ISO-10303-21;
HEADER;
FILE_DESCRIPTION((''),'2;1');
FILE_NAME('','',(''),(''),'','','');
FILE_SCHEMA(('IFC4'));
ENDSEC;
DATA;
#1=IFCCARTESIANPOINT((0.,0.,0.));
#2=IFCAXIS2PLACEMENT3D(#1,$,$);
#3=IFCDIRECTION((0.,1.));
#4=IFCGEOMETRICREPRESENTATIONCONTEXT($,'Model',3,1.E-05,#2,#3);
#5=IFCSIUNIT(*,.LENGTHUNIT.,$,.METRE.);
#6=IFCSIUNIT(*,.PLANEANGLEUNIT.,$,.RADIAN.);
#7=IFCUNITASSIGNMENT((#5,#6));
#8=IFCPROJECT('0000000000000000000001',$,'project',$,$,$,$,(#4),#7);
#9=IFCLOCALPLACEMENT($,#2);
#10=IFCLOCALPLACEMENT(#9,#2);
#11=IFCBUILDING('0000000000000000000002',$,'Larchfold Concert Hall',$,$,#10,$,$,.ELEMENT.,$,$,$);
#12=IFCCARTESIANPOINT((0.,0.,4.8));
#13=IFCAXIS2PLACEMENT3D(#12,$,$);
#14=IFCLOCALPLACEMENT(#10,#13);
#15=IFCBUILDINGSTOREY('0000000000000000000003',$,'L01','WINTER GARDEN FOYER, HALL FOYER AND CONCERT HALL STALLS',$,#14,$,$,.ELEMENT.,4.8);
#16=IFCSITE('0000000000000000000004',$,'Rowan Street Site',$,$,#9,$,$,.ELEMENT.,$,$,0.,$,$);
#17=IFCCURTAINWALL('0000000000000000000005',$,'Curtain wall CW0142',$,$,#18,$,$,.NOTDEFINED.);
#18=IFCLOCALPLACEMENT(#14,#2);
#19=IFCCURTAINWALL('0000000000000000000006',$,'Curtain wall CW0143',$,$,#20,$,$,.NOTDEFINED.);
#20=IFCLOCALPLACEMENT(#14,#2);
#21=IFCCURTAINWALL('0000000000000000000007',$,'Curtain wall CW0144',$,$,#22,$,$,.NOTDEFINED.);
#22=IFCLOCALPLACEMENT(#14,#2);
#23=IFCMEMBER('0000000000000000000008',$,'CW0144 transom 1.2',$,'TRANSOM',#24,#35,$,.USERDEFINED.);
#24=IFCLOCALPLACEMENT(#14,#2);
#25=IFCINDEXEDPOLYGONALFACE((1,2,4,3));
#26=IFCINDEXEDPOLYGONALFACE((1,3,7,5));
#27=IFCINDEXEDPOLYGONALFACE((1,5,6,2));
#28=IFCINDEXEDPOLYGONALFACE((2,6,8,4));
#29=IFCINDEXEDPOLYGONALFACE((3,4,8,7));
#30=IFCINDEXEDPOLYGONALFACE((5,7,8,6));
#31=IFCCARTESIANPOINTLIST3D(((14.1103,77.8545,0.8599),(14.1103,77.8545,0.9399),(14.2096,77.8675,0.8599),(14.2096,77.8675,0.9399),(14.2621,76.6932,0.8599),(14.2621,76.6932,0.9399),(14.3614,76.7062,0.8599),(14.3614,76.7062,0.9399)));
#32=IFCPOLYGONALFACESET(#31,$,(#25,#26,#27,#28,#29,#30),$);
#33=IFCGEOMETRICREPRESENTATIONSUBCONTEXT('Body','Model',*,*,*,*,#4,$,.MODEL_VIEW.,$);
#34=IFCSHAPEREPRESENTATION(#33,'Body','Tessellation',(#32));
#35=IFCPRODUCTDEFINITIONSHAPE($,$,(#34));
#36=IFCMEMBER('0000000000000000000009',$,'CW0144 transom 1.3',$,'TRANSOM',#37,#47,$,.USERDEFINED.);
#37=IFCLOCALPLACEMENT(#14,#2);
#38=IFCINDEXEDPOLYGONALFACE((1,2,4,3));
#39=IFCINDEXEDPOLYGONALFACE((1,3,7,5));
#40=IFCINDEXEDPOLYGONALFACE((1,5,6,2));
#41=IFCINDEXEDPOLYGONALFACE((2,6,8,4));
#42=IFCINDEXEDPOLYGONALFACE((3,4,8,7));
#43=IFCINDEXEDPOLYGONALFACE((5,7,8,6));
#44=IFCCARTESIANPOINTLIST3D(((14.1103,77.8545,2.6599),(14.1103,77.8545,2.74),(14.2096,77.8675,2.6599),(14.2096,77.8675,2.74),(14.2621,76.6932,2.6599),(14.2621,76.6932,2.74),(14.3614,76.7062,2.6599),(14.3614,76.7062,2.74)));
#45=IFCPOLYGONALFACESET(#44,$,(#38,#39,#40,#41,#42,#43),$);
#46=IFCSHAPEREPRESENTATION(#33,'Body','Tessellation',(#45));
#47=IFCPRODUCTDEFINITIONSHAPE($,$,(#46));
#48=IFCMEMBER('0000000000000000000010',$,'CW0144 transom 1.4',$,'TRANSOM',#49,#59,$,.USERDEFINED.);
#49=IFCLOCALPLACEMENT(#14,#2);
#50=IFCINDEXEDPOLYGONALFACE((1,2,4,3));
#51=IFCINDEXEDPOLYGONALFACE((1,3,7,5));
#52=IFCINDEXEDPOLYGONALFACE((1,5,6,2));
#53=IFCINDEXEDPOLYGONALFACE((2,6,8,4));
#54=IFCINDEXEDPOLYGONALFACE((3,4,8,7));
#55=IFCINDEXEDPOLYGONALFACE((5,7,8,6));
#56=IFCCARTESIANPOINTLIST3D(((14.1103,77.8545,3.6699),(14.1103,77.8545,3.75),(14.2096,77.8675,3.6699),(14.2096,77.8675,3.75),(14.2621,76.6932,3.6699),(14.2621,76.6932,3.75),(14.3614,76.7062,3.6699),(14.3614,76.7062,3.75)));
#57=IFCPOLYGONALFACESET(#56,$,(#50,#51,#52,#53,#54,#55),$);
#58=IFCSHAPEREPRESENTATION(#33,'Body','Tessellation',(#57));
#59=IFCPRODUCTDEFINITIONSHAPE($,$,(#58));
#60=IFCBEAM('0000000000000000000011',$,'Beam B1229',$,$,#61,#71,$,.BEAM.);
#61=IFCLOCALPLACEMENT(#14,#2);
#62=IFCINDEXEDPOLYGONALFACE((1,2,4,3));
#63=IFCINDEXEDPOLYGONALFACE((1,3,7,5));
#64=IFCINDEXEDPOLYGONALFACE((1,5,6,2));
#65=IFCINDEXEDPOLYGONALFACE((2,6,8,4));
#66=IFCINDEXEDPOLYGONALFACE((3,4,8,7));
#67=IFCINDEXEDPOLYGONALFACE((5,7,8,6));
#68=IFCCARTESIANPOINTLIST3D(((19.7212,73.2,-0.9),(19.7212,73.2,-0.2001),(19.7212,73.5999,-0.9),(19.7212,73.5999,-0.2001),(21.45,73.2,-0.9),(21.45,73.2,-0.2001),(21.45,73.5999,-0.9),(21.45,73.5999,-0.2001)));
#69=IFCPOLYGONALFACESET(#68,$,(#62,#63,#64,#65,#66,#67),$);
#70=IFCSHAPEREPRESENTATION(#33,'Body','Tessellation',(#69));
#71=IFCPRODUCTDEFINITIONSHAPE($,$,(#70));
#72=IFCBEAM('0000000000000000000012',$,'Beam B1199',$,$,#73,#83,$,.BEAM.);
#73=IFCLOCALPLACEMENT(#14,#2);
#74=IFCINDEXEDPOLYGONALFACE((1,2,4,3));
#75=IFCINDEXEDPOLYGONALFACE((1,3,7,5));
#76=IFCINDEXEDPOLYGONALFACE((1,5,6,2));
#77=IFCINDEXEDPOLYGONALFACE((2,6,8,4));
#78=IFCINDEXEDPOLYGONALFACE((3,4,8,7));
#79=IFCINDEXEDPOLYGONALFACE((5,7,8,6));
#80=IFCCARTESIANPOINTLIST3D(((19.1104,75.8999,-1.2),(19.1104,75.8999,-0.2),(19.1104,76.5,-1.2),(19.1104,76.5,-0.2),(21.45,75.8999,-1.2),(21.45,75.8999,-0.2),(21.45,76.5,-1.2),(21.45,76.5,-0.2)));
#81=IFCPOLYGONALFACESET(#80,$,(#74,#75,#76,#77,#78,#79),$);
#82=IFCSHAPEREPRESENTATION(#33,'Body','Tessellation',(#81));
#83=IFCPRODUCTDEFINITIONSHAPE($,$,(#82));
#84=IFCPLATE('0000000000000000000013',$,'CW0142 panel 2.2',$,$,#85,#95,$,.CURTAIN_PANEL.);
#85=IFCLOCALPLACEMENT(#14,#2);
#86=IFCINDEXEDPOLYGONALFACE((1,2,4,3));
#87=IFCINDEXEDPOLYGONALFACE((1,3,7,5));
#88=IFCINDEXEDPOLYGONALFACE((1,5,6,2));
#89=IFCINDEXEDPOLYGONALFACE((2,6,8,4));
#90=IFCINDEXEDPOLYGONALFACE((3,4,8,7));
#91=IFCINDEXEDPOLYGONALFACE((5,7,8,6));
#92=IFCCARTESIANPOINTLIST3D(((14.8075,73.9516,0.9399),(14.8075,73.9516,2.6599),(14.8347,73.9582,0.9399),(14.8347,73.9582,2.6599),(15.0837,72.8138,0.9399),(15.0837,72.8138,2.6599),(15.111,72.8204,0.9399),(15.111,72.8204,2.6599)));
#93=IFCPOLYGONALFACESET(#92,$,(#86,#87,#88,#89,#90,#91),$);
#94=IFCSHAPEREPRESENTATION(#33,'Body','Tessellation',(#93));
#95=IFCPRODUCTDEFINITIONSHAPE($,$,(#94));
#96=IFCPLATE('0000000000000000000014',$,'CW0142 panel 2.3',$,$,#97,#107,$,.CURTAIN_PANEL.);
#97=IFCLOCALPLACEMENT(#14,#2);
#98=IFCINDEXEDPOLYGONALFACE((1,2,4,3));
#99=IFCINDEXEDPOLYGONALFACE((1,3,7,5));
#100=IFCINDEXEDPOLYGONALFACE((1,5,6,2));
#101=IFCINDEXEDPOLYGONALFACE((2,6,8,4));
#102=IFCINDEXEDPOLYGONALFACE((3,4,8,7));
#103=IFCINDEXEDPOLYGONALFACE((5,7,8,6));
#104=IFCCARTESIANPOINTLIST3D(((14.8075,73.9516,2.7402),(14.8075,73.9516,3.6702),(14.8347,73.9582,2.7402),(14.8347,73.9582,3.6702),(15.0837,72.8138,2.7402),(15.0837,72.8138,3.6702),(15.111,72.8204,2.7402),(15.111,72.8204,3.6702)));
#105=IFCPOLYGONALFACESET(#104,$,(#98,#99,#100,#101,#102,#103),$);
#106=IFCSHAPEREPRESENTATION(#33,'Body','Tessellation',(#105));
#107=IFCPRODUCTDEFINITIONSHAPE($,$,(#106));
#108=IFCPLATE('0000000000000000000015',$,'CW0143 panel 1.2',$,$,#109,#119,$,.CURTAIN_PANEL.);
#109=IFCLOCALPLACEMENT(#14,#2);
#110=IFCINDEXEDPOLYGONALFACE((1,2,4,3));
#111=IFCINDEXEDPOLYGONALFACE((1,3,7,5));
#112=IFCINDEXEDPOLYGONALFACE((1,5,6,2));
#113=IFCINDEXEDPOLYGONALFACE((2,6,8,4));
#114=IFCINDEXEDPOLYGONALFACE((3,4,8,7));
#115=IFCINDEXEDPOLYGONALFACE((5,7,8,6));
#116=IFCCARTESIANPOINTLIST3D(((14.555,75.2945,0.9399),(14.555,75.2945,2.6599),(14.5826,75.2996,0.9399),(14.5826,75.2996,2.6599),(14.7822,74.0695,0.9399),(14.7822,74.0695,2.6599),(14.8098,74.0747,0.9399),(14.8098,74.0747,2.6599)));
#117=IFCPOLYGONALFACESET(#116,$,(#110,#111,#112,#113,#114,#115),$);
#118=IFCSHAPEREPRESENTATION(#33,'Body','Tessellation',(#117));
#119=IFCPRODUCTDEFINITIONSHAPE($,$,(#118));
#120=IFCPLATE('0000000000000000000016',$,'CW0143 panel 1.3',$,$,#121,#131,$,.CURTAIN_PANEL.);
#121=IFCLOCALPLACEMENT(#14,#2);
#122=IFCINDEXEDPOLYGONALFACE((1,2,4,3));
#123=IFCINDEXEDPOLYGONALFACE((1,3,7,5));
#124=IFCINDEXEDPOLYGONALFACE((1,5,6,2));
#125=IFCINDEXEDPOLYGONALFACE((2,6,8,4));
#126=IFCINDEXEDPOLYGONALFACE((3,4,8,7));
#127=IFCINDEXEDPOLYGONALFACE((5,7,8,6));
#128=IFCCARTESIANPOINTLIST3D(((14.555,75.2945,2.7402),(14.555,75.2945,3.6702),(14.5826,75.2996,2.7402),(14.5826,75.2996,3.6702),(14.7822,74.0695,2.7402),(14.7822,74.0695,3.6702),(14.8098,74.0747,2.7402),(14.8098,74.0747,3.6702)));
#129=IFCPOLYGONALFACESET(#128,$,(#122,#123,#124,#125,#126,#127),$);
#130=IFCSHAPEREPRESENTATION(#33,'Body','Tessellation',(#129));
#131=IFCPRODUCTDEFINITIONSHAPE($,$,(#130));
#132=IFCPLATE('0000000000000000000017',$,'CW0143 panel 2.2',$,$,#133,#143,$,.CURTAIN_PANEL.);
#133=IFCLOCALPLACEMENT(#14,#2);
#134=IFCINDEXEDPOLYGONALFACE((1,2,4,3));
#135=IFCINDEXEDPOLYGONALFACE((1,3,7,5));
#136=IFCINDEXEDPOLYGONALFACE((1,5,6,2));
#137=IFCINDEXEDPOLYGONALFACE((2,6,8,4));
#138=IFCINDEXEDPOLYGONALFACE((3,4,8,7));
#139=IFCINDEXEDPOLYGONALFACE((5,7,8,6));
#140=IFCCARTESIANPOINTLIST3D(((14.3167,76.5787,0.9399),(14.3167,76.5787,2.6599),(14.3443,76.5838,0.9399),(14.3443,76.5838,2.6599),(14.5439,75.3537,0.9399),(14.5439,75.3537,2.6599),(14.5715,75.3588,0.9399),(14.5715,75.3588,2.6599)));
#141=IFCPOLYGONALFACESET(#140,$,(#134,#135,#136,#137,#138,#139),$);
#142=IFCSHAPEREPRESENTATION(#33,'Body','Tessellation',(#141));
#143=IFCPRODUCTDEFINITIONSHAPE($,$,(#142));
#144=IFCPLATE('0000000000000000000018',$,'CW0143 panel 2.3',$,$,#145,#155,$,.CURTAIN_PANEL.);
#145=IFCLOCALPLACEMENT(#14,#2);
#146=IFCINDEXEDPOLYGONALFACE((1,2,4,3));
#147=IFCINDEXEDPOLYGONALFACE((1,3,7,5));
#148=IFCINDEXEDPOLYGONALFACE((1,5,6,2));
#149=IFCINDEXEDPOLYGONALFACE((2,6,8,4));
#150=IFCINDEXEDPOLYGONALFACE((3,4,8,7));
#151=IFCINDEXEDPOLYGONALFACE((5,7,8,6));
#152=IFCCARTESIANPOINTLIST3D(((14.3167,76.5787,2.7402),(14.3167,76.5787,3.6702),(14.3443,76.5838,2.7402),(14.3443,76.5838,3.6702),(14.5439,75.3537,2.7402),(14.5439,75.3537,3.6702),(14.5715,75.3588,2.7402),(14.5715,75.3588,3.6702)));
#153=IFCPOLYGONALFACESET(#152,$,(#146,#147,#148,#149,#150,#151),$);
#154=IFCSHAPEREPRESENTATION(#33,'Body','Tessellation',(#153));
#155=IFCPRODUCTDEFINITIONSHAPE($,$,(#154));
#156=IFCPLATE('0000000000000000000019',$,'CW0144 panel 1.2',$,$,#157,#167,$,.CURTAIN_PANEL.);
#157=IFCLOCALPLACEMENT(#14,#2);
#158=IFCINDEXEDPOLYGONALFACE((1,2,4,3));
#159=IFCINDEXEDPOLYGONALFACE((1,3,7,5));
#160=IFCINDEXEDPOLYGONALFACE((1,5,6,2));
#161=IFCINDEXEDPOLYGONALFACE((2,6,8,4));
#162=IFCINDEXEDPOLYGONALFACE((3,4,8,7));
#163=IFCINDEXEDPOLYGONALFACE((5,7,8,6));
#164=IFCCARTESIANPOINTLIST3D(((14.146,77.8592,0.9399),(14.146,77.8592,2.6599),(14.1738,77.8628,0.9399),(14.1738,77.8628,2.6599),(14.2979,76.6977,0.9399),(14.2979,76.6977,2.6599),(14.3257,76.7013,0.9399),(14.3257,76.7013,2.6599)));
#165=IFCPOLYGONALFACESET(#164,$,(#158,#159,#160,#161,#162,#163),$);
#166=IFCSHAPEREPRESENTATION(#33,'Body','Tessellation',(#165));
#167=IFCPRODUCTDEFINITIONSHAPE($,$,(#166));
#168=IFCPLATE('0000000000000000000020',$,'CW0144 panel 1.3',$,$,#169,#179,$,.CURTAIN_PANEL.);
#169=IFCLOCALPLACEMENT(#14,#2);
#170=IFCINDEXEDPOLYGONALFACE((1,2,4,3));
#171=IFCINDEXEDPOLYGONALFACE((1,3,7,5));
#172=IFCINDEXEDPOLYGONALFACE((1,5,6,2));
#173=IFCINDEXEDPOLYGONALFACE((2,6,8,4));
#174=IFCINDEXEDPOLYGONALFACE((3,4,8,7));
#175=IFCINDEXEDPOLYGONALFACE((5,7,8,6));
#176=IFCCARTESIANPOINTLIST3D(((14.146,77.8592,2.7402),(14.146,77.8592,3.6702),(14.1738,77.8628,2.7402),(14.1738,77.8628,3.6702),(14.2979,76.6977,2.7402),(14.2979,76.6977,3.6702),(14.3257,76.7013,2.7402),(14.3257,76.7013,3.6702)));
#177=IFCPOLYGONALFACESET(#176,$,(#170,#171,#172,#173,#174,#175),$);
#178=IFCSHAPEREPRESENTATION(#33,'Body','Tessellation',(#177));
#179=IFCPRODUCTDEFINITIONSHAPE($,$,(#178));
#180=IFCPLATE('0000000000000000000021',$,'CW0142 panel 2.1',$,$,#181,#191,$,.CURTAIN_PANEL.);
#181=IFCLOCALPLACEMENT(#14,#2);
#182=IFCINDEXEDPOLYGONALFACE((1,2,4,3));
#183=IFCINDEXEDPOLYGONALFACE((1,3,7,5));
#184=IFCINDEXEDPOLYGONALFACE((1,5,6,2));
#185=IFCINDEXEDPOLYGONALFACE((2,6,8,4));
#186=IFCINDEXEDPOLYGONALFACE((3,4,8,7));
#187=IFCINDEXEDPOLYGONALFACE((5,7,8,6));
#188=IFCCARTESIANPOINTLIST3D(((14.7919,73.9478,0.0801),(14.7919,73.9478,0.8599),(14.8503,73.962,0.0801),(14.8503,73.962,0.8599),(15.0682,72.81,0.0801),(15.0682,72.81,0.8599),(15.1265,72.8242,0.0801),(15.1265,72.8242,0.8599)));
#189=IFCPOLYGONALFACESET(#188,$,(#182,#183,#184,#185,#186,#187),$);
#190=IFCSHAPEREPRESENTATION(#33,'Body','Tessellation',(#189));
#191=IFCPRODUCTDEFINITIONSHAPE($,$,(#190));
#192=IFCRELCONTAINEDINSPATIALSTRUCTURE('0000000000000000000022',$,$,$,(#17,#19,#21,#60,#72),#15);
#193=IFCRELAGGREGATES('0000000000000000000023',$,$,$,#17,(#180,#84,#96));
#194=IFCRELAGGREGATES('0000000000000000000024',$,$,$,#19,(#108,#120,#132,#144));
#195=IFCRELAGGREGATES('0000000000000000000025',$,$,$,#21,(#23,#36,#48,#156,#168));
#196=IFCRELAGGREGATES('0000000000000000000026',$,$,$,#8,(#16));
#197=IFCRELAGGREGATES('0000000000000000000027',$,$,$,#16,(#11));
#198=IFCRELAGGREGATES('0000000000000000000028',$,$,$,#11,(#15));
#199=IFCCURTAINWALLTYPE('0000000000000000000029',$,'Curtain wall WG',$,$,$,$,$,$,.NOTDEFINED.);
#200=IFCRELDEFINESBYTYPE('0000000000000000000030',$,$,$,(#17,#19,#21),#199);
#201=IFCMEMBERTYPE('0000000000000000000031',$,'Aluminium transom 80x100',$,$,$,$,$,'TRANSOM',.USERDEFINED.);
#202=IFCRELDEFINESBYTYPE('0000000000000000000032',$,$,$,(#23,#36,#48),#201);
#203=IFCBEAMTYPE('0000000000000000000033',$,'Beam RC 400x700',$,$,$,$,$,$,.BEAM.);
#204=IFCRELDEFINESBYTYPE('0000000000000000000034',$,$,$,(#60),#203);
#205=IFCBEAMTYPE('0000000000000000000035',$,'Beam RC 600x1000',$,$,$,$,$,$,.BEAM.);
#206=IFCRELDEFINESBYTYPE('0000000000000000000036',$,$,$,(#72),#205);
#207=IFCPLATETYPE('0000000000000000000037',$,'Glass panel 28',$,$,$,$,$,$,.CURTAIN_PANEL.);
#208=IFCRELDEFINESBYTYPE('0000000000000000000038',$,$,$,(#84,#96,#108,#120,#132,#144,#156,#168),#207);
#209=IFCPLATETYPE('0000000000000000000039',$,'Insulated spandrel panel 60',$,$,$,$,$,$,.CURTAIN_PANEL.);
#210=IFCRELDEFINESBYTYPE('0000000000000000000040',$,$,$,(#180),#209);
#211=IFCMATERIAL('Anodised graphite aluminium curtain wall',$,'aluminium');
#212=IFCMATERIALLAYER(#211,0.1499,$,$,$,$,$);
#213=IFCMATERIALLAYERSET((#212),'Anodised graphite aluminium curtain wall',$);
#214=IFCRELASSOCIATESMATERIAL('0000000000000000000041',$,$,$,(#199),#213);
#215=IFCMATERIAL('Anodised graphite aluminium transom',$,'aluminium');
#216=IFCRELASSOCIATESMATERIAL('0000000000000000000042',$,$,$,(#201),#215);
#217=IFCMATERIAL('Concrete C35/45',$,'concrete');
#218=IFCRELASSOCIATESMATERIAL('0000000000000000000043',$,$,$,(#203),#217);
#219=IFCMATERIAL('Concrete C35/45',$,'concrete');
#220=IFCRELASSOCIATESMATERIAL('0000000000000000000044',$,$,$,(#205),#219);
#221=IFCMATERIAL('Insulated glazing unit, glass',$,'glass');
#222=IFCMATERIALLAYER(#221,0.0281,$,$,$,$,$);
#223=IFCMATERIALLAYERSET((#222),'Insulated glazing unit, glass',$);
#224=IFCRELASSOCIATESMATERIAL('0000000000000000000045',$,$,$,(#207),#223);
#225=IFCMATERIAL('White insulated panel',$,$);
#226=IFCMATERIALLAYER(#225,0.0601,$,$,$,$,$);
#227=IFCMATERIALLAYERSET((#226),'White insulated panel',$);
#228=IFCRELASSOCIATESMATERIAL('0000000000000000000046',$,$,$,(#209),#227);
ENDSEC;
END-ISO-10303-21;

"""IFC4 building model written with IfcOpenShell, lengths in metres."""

from ifc_helpers import new_model, si_unit, direction, frame, origin, origin_2d, place, context, subcontext, project, spatial, rectangle, extrude, material, layer, layer_set, material_profile, profile_set, type_object, element, aggregate, save


model = new_model("IFC4")

# Units and contexts
model_context = context("Model", 3, precision=1e-05, world=origin(), true_north=direction((0.0, 1.0)))
body_context = subcontext(model_context, "Body", "Model", "MODEL_VIEW")
ifc_project = project(units=[si_unit("LENGTHUNIT", "METRE"), si_unit("PLANEANGLEUNIT", "RADIAN")], contexts=[model_context])

# Site, building, storey
site_placement = place(None, origin())
site = spatial("IfcSite", under=ifc_project, at=site_placement, Name="Rowan Street Site", CompositionType="ELEMENT", RefElevation=0.0)
building_placement = place(site_placement, origin())
building = spatial("IfcBuilding", under=site, at=building_placement, Name="Larchfold Concert Hall", CompositionType="ELEMENT")
storey_placement = place(building_placement, frame((0.0, 0.0, 4.8)))
storey = spatial("IfcBuildingStorey", under=building, at=storey_placement, Name="L01", Description="WINTER GARDEN FOYER, HALL FOYER AND CONCERT HALL STALLS", CompositionType="ELEMENT", Elevation=4.8)

# Curtain wall
ifc_material_1 = material(Name="Anodised graphite aluminium curtain wall", Category="aluminium")
ifc_layer_1 = layer(ifc_material_1, 0.1499)
ifc_layer_set_1 = layer_set([ifc_layer_1], Name="Anodised graphite aluminium curtain wall")
curtain_wall_type = type_object("IfcCurtainWallType", Name="Curtain wall WG", PredefinedType="NOTDEFINED", material=ifc_layer_set_1)
curtain_wall_1_placement = place(storey_placement, origin())
curtain_wall_1 = element("IfcCurtainWall", 1, at=curtain_wall_1_placement, inside=storey, type_object=curtain_wall_type, Name="Curtain wall CW0142", PredefinedType="NOTDEFINED")

# Curtain wall
curtain_wall_2_placement = place(storey_placement, origin())
curtain_wall_2 = element("IfcCurtainWall", 2, at=curtain_wall_2_placement, inside=storey, type_object=curtain_wall_type, Name="Curtain wall CW0143", PredefinedType="NOTDEFINED")

# Curtain wall
curtain_wall_3_placement = place(storey_placement, origin())
curtain_wall_3 = element("IfcCurtainWall", 3, at=curtain_wall_3_placement, inside=storey, type_object=curtain_wall_type, Name="Curtain wall CW0144", PredefinedType="NOTDEFINED")

# Members
ifc_material_2 = material(Name="Anodised graphite aluminium transom", Category="aluminium")
ifc_material_profile_1 = material_profile(ifc_material_2, rectangle(XDim=0.1001, YDim=0.0801, at=origin_2d()))
ifc_profile_set_1 = profile_set([ifc_material_profile_1], Name="Anodised graphite aluminium transom")
member_type_1 = type_object("IfcMemberType", Name="Aluminium transom 80x100", ElementType="TRANSOM", PredefinedType="USERDEFINED", material=ifc_profile_set_1)
member_1_placement = place(storey_placement, frame((14.3118, 76.6997, 0.8999), z_axis=(-0.129651, 0.99156, 0.0), x_axis=(-0.99156, -0.129651, 0.0)))
member_1 = element("IfcMember", 4, at=member_1_placement, type_object=member_type_1, Name="CW0144 transom 1.2", ObjectType="TRANSOM", PredefinedType="USERDEFINED", context=body_context, shape_type="SweptSolid", body=[
    extrude(rectangle(XDim=0.1001, YDim=0.0801, at=origin_2d()), origin(), (0.0, 0.0, 1.0), 1.1711),
])
member_2_placement = place(storey_placement, frame((14.3118, 76.6997, 2.7), z_axis=(-0.129651, 0.99156, 0.0), x_axis=(-0.99156, -0.129651, 0.0)))
member_2 = element("IfcMember", 5, at=member_2_placement, type_object=member_type_1, Name="CW0144 transom 1.3", ObjectType="TRANSOM", PredefinedType="USERDEFINED", context=body_context, shape_type="SweptSolid", body=[
    extrude(rectangle(XDim=0.1001, YDim=0.0801, at=origin_2d()), origin(), (0.0, 0.0, 1.0), 1.1711),
])
member_3_placement = place(storey_placement, frame((14.3118, 76.6997, 3.71), z_axis=(-0.129651, 0.99156, 0.0), x_axis=(-0.99156, -0.129651, 0.0)))
member_3 = element("IfcMember", 6, at=member_3_placement, type_object=member_type_1, Name="CW0144 transom 1.4", ObjectType="TRANSOM", PredefinedType="USERDEFINED", context=body_context, shape_type="SweptSolid", body=[
    extrude(rectangle(XDim=0.1001, YDim=0.0801, at=origin_2d()), origin(), (0.0, 0.0, 1.0), 1.1711),
])

# Beams
ifc_material_3 = material(Name="Concrete C35/45", Category="concrete")
ifc_material_profile_2 = material_profile(ifc_material_3, rectangle(XDim=0.3999, YDim=0.7, at=origin_2d()))
ifc_profile_set_2 = profile_set([ifc_material_profile_2], Name="Concrete C35/45")
beam_type_1 = type_object("IfcBeamType", Name="Beam RC 400x700", PredefinedType="BEAM", material=ifc_profile_set_2)
beam_1_placement = place(storey_placement, frame((19.7212, 73.3999, -0.55), z_axis=(1.0, 0.0, 0.0), x_axis=(0.0, 1.0, 0.0)))
element("IfcBeam", 7, at=beam_1_placement, inside=storey, type_object=beam_type_1, Name="Beam B1229", PredefinedType="BEAM", context=body_context, shape_type="SweptSolid", body=[
    extrude(rectangle(XDim=0.3999, YDim=0.7, at=origin_2d()), origin(), (0.0, 0.0, 1.0), 1.7288),
])
ifc_material_4 = material(Name="Concrete C35/45", Category="concrete")
ifc_material_profile_3 = material_profile(ifc_material_4, rectangle(XDim=0.6001, YDim=1.0, at=origin_2d()))
ifc_profile_set_3 = profile_set([ifc_material_profile_3], Name="Concrete C35/45")
beam_type_2 = type_object("IfcBeamType", Name="Beam RC 600x1000", PredefinedType="BEAM", material=ifc_profile_set_3)
beam_2_placement = place(storey_placement, frame((19.1104, 76.2, -0.7), z_axis=(1.0, 0.0, 0.0), x_axis=(0.0, 1.0, 0.0)))
element("IfcBeam", 8, at=beam_2_placement, inside=storey, type_object=beam_type_2, Name="Beam B1199", PredefinedType="BEAM", context=body_context, shape_type="SweptSolid", body=[
    extrude(rectangle(XDim=0.6001, YDim=1.0, at=origin_2d()), origin(), (0.0, 0.0, 1.0), 2.3396),
])

# Plates
ifc_material_5 = material(Name="Insulated glazing unit, glass", Category="glass")
ifc_layer_2 = layer(ifc_material_5, 0.0281)
ifc_layer_set_2 = layer_set([ifc_layer_2], Name="Insulated glazing unit, glass")
plate_type_1 = type_object("IfcPlateType", Name="Glass panel 28", PredefinedType="CURTAIN_PANEL", material=ifc_layer_set_2)
plate_1_placement = place(storey_placement, frame((14.9592, 73.386, 0.9399), z_axis=(0.0, 0.0, 1.0), x_axis=(-0.235946, 0.971766, 0.0)))
plate_1 = element("IfcPlate", 9, at=plate_1_placement, type_object=plate_type_1, Name="CW0142 panel 2.2", PredefinedType="CURTAIN_PANEL", context=body_context, shape_type="SweptSolid", body=[
    extrude(rectangle(XDim=1.1709, YDim=0.0281, at=origin_2d()), origin(), (0.0, 0.0, 1.0), 1.72),
])
plate_2_placement = place(storey_placement, frame((14.9592, 73.386, 2.7402), z_axis=(0.0, 0.0, 1.0), x_axis=(-0.235946, 0.971766, 0.0)))
plate_2 = element("IfcPlate", 10, at=plate_2_placement, type_object=plate_type_1, Name="CW0142 panel 2.3", PredefinedType="CURTAIN_PANEL", context=body_context, shape_type="SweptSolid", body=[
    extrude(rectangle(XDim=1.1709, YDim=0.0281, at=origin_2d()), origin(), (0.0, 0.0, 1.0), 0.9299),
])
plate_3_placement = place(storey_placement, frame((14.6824, 74.6846, 0.9399), z_axis=(0.0, 0.0, 1.0), x_axis=(-0.18239, 0.983226, 0.0)))
plate_3 = element("IfcPlate", 11, at=plate_3_placement, type_object=plate_type_1, Name="CW0143 panel 1.2", PredefinedType="CURTAIN_PANEL", context=body_context, shape_type="SweptSolid", body=[
    extrude(rectangle(XDim=1.2458, YDim=0.0281, at=origin_2d()), origin(), (0.0, 0.0, 1.0), 1.72),
])
plate_4_placement = place(storey_placement, frame((14.6824, 74.6846, 2.7402), z_axis=(0.0, 0.0, 1.0), x_axis=(-0.18239, 0.983226, 0.0)))
plate_4 = element("IfcPlate", 12, at=plate_4_placement, type_object=plate_type_1, Name="CW0143 panel 1.3", PredefinedType="CURTAIN_PANEL", context=body_context, shape_type="SweptSolid", body=[
    extrude(rectangle(XDim=1.2458, YDim=0.0281, at=origin_2d()), origin(), (0.0, 0.0, 1.0), 0.9299),
])
plate_5_placement = place(storey_placement, frame((14.4441, 75.9688, 0.9399), z_axis=(0.0, 0.0, 1.0), x_axis=(-0.18239, 0.983226, 0.0)))
plate_5 = element("IfcPlate", 13, at=plate_5_placement, type_object=plate_type_1, Name="CW0143 panel 2.2", PredefinedType="CURTAIN_PANEL", context=body_context, shape_type="SweptSolid", body=[
    extrude(rectangle(XDim=1.2458, YDim=0.0281, at=origin_2d()), origin(), (0.0, 0.0, 1.0), 1.72),
])
plate_6_placement = place(storey_placement, frame((14.4441, 75.9688, 2.7402), z_axis=(0.0, 0.0, 1.0), x_axis=(-0.18239, 0.983226, 0.0)))
plate_6 = element("IfcPlate", 14, at=plate_6_placement, type_object=plate_type_1, Name="CW0143 panel 2.3", PredefinedType="CURTAIN_PANEL", context=body_context, shape_type="SweptSolid", body=[
    extrude(rectangle(XDim=1.2458, YDim=0.0281, at=origin_2d()), origin(), (0.0, 0.0, 1.0), 0.9299),
])
plate_7_placement = place(storey_placement, frame((14.2358, 77.2803, 0.9399), z_axis=(0.0, 0.0, 1.0), x_axis=(-0.129678, 0.991556, 0.0)))
plate_7 = element("IfcPlate", 15, at=plate_7_placement, type_object=plate_type_1, Name="CW0144 panel 1.2", PredefinedType="CURTAIN_PANEL", context=body_context, shape_type="SweptSolid", body=[
    extrude(rectangle(XDim=1.1714, YDim=0.0281, at=origin_2d()), origin(), (0.0, 0.0, 1.0), 1.72),
])
plate_8_placement = place(storey_placement, frame((14.2358, 77.2803, 2.7402), z_axis=(0.0, 0.0, 1.0), x_axis=(-0.129678, 0.991556, 0.0)))
plate_8 = element("IfcPlate", 16, at=plate_8_placement, type_object=plate_type_1, Name="CW0144 panel 1.3", PredefinedType="CURTAIN_PANEL", context=body_context, shape_type="SweptSolid", body=[
    extrude(rectangle(XDim=1.1714, YDim=0.0281, at=origin_2d()), origin(), (0.0, 0.0, 1.0), 0.9299),
])
ifc_material_6 = material(Name="White insulated panel")
ifc_layer_3 = layer(ifc_material_6, 0.0601)
ifc_layer_set_3 = layer_set([ifc_layer_3], Name="White insulated panel")
plate_type_2 = type_object("IfcPlateType", Name="Insulated spandrel panel 60", PredefinedType="CURTAIN_PANEL", material=ifc_layer_set_3)
plate_9_placement = place(storey_placement, frame((14.9592, 73.386, 0.0801), z_axis=(0.0, 0.0, 1.0), x_axis=(-0.235946, 0.971766, 0.0)))
plate_9 = element("IfcPlate", 17, at=plate_9_placement, type_object=plate_type_2, Name="CW0142 panel 2.1", PredefinedType="CURTAIN_PANEL", context=body_context, shape_type="SweptSolid", body=[
    extrude(rectangle(XDim=1.1709, YDim=0.0601, at=origin_2d()), origin(), (0.0, 0.0, 1.0), 0.7798),
])
aggregate(curtain_wall_1, [plate_9, plate_1, plate_2])
aggregate(curtain_wall_2, [plate_3, plate_4, plate_5, plate_6])
aggregate(curtain_wall_3, [member_1, member_2, member_3, plate_7, plate_8])

save(model, "model.ifc")
